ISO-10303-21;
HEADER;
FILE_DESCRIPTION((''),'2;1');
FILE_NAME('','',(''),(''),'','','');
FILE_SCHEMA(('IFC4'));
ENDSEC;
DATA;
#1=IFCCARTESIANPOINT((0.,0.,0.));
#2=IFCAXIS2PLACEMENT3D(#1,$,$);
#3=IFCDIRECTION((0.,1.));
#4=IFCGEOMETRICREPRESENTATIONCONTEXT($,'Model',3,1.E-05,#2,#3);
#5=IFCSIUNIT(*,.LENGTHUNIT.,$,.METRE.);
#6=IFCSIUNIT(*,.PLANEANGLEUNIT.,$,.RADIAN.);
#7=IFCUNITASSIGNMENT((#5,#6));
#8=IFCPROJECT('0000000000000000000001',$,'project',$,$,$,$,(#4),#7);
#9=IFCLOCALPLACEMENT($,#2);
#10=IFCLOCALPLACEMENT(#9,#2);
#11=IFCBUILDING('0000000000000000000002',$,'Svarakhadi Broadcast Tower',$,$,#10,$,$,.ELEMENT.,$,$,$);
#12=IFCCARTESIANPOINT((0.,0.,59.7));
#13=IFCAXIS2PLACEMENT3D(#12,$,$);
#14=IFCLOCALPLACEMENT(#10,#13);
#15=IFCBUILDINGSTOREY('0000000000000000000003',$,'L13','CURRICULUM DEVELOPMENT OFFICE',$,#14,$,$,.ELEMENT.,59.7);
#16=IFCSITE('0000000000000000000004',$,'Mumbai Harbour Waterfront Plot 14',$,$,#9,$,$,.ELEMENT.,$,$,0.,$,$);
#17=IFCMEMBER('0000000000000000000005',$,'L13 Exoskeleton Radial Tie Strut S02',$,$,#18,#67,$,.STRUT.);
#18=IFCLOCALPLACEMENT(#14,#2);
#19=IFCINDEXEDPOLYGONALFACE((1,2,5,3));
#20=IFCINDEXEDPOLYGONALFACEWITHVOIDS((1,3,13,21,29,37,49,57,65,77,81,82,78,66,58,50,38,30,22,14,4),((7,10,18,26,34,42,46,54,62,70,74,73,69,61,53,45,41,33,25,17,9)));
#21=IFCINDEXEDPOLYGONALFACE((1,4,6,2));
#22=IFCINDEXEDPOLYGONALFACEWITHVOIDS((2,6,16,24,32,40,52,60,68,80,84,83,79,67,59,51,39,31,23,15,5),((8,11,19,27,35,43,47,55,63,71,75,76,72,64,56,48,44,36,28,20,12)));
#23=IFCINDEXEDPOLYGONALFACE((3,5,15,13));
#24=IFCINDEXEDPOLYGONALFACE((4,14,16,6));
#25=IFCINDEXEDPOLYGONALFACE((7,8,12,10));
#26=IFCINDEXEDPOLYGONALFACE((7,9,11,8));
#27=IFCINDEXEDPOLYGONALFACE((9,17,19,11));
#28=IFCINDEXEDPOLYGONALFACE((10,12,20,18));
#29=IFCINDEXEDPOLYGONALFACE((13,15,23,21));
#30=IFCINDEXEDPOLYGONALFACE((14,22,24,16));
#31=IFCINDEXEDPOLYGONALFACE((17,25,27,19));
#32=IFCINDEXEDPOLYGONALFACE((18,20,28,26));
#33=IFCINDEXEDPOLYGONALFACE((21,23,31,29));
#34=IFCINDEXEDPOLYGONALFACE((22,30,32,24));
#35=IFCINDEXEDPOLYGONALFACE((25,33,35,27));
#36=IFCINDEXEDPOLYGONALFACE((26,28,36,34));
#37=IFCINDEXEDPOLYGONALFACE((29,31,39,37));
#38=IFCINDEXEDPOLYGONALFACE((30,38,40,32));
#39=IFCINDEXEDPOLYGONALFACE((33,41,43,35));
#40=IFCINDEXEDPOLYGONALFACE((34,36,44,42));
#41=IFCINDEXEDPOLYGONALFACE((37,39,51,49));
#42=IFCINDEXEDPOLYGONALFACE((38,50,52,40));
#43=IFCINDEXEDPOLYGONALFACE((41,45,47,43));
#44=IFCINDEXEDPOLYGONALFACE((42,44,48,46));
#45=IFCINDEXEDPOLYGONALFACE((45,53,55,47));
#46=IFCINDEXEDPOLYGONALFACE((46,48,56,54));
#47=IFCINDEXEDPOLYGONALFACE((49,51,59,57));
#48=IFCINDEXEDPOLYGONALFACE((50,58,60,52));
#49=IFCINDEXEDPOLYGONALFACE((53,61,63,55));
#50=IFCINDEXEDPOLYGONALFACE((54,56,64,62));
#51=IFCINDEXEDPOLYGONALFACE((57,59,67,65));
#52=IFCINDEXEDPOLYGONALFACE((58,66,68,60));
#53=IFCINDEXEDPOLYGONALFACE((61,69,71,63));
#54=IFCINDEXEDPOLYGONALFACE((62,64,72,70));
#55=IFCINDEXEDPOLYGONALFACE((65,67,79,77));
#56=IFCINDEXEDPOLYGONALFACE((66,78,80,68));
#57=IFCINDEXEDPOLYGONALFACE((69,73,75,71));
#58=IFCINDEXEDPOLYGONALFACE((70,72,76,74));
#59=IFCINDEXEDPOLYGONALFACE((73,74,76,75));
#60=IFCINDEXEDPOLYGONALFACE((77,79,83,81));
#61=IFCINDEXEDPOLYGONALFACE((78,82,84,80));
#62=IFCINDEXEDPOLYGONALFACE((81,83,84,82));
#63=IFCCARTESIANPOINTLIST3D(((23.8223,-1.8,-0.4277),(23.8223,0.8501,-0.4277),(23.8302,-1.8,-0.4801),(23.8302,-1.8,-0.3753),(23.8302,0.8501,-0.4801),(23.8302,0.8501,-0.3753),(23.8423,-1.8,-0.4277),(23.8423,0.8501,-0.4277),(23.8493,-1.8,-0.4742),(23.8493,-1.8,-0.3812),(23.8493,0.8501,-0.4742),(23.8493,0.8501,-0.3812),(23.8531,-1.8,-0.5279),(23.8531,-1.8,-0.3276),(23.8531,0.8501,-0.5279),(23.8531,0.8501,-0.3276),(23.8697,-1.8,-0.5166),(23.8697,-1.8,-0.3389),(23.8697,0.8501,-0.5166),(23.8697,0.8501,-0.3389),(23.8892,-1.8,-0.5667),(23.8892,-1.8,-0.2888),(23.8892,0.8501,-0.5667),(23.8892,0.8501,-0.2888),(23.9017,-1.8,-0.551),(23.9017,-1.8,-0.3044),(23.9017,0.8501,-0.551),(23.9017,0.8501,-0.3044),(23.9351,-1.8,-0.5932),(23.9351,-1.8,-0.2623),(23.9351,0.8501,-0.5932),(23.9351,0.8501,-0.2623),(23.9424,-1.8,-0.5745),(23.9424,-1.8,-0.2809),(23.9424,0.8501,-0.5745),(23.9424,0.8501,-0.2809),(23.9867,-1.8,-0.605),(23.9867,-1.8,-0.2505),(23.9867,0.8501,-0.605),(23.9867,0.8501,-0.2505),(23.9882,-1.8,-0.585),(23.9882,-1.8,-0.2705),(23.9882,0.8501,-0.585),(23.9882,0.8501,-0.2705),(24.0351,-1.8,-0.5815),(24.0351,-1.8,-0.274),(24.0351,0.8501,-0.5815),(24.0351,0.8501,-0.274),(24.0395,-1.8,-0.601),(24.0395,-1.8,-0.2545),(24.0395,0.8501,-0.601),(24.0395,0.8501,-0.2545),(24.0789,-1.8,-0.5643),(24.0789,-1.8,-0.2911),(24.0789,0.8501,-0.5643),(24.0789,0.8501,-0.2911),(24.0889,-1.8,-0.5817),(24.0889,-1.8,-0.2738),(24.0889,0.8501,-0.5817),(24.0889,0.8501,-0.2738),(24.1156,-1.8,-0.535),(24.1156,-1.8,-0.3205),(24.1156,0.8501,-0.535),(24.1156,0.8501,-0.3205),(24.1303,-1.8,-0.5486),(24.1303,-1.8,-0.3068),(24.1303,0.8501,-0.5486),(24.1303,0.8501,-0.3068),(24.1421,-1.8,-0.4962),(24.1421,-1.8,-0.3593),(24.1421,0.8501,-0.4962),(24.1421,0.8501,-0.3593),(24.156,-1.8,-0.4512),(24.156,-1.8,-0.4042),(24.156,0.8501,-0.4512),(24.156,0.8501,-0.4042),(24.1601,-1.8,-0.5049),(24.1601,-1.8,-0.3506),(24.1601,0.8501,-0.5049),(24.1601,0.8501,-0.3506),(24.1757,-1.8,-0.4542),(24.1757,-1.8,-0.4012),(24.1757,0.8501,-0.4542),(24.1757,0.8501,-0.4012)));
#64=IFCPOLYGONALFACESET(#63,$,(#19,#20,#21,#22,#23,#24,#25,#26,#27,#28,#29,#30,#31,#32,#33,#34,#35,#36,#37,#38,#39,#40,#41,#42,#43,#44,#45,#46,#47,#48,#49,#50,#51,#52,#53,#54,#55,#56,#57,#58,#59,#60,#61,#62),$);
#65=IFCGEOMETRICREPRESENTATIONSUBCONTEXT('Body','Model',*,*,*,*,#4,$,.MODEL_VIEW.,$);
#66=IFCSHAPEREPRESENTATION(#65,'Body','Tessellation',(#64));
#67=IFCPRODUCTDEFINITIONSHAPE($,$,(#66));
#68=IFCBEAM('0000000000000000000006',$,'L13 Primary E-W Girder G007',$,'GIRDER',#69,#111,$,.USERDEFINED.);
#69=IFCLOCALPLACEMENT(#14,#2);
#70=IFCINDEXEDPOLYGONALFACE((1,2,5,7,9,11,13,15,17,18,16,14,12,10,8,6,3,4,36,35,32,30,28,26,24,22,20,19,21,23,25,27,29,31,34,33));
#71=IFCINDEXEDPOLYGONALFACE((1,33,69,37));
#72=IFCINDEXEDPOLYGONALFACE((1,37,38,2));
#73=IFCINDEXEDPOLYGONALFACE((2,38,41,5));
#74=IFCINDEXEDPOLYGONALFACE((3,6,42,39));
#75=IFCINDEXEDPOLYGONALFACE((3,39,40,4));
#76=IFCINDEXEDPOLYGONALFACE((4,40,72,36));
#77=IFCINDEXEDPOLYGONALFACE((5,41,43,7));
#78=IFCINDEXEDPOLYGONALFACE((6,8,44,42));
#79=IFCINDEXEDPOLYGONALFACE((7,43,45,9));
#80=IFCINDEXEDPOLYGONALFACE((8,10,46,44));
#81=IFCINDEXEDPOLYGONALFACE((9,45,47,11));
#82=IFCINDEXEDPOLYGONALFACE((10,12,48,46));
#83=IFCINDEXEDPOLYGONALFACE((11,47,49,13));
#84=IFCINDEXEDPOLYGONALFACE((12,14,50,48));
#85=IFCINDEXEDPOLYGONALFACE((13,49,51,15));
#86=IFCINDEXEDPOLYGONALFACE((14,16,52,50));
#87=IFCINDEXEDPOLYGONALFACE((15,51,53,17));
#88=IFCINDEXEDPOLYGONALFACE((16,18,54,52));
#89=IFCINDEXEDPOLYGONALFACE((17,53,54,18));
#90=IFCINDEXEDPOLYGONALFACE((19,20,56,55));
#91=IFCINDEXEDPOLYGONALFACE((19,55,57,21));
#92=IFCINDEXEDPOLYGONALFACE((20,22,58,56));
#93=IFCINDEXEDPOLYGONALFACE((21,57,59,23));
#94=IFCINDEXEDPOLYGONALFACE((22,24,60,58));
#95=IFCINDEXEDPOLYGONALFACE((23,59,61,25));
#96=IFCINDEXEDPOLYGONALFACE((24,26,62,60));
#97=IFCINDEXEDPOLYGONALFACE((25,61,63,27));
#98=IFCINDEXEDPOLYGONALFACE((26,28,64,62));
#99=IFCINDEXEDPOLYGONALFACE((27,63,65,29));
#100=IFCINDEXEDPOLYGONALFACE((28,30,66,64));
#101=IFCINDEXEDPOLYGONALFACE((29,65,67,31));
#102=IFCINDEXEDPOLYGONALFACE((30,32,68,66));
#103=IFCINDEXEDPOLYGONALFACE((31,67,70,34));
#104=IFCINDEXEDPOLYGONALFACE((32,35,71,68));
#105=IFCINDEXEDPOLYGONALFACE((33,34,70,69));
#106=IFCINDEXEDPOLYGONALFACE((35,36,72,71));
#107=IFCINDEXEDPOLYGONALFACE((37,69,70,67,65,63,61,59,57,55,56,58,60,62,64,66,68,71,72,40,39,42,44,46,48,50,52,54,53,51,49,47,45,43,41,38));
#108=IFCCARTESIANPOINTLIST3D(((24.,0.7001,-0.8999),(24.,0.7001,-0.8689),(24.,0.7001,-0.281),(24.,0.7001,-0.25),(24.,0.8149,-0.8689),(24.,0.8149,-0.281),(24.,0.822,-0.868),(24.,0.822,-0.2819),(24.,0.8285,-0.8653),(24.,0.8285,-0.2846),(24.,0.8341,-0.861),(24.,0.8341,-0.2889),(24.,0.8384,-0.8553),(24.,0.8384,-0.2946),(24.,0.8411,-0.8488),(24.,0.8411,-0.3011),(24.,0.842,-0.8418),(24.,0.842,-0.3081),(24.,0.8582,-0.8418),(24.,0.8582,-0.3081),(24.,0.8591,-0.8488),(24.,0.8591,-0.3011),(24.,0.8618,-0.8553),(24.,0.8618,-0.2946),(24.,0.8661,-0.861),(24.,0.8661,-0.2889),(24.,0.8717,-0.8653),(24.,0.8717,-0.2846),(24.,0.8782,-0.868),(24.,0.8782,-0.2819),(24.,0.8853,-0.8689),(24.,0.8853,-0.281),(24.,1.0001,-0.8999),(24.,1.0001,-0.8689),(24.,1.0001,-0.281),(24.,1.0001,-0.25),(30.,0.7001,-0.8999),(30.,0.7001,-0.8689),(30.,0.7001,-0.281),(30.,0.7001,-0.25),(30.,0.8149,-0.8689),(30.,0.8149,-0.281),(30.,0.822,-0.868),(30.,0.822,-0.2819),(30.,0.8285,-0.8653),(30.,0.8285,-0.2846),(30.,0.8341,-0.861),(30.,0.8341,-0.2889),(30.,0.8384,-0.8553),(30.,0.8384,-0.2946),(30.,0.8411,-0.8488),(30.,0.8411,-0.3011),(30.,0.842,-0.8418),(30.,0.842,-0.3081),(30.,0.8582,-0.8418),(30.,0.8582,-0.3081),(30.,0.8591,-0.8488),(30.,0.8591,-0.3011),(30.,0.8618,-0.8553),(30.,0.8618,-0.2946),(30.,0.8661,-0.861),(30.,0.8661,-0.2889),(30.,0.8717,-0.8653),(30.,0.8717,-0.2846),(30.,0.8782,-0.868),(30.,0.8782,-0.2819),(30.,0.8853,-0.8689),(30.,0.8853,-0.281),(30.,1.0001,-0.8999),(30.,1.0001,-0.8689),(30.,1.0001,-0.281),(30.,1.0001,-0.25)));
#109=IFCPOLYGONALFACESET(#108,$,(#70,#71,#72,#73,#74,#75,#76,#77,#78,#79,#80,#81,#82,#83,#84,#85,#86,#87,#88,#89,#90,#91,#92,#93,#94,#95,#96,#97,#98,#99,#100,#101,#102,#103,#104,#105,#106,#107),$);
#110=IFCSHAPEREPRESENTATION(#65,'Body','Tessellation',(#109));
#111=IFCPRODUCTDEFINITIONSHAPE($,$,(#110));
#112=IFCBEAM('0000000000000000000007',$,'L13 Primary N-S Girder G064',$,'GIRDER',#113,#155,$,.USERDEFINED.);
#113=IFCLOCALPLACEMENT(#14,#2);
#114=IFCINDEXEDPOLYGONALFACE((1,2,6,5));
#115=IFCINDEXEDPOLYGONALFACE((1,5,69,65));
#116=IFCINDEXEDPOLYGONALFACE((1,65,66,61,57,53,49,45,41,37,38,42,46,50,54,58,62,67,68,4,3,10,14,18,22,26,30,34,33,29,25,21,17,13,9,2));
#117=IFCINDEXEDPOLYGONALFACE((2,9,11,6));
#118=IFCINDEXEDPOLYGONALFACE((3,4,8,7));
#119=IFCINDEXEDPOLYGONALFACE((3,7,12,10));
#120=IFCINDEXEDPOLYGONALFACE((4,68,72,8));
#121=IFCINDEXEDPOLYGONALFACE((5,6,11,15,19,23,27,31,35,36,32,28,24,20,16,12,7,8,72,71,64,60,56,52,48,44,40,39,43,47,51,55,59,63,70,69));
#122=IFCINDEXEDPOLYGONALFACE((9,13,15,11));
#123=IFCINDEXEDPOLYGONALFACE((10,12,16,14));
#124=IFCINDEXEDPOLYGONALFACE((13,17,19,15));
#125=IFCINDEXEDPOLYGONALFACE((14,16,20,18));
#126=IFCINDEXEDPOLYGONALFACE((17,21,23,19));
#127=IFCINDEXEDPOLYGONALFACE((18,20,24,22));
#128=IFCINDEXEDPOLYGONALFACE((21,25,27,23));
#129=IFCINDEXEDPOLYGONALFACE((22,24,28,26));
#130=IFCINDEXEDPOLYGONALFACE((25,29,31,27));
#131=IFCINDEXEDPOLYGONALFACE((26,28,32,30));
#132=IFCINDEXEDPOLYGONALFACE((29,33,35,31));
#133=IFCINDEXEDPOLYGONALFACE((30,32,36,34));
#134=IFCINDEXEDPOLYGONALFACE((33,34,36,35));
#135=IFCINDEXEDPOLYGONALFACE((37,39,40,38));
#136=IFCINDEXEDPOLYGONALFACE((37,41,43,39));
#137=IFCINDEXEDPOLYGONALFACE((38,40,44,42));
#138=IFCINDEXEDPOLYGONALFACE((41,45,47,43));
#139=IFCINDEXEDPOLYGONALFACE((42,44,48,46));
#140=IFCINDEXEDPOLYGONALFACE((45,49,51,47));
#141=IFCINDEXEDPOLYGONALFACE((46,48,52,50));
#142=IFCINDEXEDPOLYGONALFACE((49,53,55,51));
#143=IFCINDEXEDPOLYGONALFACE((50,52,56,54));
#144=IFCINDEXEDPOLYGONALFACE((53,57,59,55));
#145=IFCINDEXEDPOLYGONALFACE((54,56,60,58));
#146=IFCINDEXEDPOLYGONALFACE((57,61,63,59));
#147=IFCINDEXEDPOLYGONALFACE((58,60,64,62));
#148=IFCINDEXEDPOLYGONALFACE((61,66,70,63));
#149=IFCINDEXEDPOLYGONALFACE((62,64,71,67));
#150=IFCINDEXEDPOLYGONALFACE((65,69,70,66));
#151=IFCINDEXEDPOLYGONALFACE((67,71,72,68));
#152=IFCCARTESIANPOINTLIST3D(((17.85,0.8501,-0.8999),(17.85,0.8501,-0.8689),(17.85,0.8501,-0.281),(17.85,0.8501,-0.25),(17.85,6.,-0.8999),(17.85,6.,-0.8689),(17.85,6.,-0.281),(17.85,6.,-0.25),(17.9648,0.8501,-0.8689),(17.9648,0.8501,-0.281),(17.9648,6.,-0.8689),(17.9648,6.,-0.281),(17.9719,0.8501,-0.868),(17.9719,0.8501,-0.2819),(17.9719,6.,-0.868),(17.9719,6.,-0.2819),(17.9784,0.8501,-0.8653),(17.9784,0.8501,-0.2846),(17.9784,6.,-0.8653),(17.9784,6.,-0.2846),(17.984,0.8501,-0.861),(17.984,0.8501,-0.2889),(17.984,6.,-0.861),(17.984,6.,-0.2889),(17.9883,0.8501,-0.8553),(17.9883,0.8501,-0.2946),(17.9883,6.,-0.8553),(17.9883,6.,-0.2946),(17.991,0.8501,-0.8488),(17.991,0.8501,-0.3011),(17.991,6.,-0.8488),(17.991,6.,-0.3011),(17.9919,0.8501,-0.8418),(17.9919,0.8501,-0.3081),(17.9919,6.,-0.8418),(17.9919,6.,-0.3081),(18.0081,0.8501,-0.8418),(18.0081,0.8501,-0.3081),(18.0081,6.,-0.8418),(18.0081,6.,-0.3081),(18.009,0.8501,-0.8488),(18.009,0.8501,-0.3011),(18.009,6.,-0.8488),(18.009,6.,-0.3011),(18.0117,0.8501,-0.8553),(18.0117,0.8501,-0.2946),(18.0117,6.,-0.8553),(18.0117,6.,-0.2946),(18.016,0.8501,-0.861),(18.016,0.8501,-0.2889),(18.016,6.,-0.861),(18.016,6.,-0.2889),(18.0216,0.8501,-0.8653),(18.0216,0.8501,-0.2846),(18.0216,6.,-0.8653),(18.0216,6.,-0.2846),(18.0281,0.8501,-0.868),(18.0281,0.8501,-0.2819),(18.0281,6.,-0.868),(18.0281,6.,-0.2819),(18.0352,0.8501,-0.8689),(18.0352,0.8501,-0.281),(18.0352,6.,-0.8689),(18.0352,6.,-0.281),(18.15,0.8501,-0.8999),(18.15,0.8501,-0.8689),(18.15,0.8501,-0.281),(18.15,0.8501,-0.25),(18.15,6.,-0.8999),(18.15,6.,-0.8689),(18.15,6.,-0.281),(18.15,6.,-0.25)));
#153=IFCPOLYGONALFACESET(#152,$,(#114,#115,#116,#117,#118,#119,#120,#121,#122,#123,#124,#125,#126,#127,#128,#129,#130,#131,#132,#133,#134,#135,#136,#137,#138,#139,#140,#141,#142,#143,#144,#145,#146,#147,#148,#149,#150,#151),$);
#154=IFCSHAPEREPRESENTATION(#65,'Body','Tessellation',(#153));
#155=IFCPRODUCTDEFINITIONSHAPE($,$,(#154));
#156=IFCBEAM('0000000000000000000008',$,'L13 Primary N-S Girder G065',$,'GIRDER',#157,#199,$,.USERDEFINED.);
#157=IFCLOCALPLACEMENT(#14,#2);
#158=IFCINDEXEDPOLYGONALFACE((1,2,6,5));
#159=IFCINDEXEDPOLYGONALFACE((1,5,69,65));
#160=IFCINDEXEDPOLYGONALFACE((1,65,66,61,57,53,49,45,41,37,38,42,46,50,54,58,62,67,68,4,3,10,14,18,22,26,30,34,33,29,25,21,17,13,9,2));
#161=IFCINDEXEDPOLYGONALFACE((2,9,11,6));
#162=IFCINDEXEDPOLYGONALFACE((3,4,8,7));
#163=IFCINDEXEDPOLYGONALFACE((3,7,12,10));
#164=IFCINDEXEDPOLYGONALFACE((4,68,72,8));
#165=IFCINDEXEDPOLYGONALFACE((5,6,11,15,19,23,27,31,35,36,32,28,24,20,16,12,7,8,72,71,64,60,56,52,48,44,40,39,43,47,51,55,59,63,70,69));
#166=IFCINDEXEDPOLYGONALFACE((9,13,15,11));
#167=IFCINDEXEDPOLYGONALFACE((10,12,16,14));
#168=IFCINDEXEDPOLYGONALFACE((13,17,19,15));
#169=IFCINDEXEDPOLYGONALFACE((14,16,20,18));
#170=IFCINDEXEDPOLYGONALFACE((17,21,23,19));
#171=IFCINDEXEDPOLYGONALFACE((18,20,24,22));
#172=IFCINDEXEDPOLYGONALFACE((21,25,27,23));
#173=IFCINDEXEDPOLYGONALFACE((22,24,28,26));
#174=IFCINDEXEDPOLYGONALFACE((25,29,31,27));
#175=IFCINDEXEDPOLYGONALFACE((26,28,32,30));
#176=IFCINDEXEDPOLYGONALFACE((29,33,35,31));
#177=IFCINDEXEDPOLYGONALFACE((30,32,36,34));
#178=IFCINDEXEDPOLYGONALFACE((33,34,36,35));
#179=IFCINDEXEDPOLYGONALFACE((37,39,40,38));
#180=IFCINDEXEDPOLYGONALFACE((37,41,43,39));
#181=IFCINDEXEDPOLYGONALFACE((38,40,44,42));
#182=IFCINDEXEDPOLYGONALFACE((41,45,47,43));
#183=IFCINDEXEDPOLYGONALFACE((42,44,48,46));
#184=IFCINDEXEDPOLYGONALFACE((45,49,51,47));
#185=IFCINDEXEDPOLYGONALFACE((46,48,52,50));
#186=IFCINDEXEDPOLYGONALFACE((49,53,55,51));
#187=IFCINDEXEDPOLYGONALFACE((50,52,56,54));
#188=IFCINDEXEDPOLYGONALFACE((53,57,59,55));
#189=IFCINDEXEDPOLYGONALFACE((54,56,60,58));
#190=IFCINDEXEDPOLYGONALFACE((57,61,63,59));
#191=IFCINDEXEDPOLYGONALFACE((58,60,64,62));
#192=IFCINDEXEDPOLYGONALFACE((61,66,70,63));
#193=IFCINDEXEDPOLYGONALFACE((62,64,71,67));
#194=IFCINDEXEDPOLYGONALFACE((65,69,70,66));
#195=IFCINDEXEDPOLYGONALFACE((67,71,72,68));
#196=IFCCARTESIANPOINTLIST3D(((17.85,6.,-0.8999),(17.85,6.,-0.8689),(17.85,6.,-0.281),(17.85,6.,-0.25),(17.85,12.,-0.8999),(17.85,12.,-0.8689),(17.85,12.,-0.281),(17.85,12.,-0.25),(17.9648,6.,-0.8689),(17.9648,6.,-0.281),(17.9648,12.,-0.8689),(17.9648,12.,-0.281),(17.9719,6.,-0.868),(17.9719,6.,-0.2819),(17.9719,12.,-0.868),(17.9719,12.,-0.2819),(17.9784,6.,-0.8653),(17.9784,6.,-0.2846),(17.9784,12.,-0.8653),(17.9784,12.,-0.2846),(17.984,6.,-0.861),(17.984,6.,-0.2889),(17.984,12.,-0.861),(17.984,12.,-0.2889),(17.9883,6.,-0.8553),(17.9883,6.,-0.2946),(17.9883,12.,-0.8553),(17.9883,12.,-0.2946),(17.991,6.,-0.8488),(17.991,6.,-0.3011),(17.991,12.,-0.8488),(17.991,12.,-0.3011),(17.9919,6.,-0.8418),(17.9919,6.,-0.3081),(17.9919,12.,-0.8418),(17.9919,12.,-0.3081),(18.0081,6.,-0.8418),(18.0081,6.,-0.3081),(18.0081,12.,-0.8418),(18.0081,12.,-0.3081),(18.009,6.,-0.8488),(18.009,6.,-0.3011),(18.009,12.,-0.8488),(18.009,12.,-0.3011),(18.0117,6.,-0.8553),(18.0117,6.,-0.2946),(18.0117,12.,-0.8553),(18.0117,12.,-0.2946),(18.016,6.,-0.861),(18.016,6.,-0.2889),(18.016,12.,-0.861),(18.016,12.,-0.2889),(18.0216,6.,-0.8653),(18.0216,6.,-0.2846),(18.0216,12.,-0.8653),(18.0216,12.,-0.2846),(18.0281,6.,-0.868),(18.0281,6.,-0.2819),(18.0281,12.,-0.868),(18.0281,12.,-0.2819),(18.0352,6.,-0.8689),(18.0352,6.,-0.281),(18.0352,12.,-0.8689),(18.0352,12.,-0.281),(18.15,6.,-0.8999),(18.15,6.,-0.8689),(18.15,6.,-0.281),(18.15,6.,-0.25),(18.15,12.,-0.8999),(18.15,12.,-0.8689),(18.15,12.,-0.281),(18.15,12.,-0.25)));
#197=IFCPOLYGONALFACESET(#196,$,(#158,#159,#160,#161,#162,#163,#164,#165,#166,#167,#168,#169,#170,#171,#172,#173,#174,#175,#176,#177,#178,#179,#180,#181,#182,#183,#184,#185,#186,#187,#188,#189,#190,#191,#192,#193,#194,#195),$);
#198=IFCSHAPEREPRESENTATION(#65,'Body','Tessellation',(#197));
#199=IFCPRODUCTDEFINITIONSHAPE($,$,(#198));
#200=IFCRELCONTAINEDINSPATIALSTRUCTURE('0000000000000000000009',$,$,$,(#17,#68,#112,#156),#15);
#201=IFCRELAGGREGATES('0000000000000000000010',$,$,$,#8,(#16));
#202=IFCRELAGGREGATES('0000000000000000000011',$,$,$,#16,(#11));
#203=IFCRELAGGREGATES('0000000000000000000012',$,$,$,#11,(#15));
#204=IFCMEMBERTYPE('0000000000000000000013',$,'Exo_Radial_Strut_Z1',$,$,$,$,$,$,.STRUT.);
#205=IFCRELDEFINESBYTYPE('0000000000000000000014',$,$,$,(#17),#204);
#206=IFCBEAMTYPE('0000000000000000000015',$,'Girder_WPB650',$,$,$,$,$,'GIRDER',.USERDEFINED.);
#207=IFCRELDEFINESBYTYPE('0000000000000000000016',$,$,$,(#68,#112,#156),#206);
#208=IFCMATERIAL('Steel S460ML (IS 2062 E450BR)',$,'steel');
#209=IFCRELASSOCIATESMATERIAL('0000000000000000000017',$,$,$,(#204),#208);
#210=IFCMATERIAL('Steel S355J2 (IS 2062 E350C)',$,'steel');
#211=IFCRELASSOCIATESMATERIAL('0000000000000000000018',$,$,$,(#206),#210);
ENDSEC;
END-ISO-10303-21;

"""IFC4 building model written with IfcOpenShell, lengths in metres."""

from ifc_helpers import new_model, si_unit, direction, frame, origin, origin_2d, place, context, subcontext, project, spatial, hollow_circle, i_section, extrude, material, material_profile, profile_set, type_object, element, save


model = new_model("IFC4")

# Units and contexts
model_context = context("Model", 3, precision=1e-05, world=origin(), true_north=direction((0.0, 1.0)))
body_context = subcontext(model_context, "Body", "Model", "MODEL_VIEW")
ifc_project = project(units=[si_unit("LENGTHUNIT", "METRE"), si_unit("PLANEANGLEUNIT", "RADIAN")], contexts=[model_context])

# Site, building, storey
site_placement = place(None, origin())
site = spatial("IfcSite", under=ifc_project, at=site_placement, Name="Mumbai Harbour Waterfront Plot 14", CompositionType="ELEMENT", RefElevation=0.0)
building_placement = place(site_placement, origin())
building = spatial("IfcBuilding", under=site, at=building_placement, Name="Svarakhadi Broadcast Tower", CompositionType="ELEMENT")
storey_placement = place(building_placement, frame((0.0, 0.0, 59.7)))
storey = spatial("IfcBuildingStorey", under=building, at=storey_placement, Name="L13", Description="CURRICULUM DEVELOPMENT OFFICE", CompositionType="ELEMENT", Elevation=59.7)

# Shared definitions
ifc_material_1 = material(Name="Steel S355J2 (IS 2062 E350C)", Category="steel")

# Member
ifc_material_2 = material(Name="Steel S460ML (IS 2062 E450BR)", Category="steel")
ifc_material_profile_1 = material_profile(ifc_material_2, hollow_circle(Radius=0.1777, WallThickness=0.02, at=origin_2d()), Name="CHS 355.6x20")
ifc_profile_set_1 = profile_set([ifc_material_profile_1], Name="Steel S460ML (IS 2062 E450BR)")
member_type_1 = type_object("IfcMemberType", Name="Exo_Radial_Strut_Z1", PredefinedType="STRUT", material=ifc_profile_set_1)
member_1_placement = place(storey_placement, frame((24.0, -1.8, -0.4277), z_axis=(0.0, 1.0, 0.0), x_axis=(-1.0, 0.0, 0.0)))
element("IfcMember", 1, at=member_1_placement, inside=storey, type_object=member_type_1, Name="L13 Exoskeleton Radial Tie Strut S02", PredefinedType="STRUT", context=body_context, shape_type="SweptSolid", body=[
    extrude(hollow_circle(Radius=0.1777, WallThickness=0.02, at=origin_2d()), origin(), (0.0, 0.0, 1.0), 2.6501),
])

# Beams
ifc_material_profile_2 = material_profile(ifc_material_1, i_section(OverallWidth=0.3, OverallDepth=0.6499, WebThickness=0.0161, FlangeThickness=0.031, FilletRadius=0.0271, at=origin_2d()), Name="WPB 650x300x225")
ifc_profile_set_2 = profile_set([ifc_material_profile_2], Name="Steel S355J2 (IS 2062 E350C)")
beam_type_1 = type_object("IfcBeamType", Name="Girder_WPB650", ElementType="GIRDER", PredefinedType="USERDEFINED", material=ifc_profile_set_2)
beam_1_placement = place(storey_placement, frame((24.0, 0.8501, -0.575), z_axis=(1.0, 0.0, 0.0), x_axis=(0.0, 1.0, 0.0)))
element("IfcBeam", 2, at=beam_1_placement, inside=storey, type_object=beam_type_1, Name="L13 Primary E-W Girder G007", ObjectType="GIRDER", PredefinedType="USERDEFINED", context=body_context, shape_type="SweptSolid", body=[
    extrude(i_section(OverallWidth=0.3, OverallDepth=0.6499, WebThickness=0.0161, FlangeThickness=0.031, FilletRadius=0.0271, at=origin_2d()), origin(), (0.0, 0.0, 1.0), 6.0),
])
beam_2_placement = place(storey_placement, frame((18.0, 0.8501, -0.575), z_axis=(0.0, 1.0, 0.0), x_axis=(-1.0, 0.0, 0.0)))
element("IfcBeam", 3, at=beam_2_placement, inside=storey, type_object=beam_type_1, Name="L13 Primary N-S Girder G064", ObjectType="GIRDER", PredefinedType="USERDEFINED", context=body_context, shape_type="SweptSolid", body=[
    extrude(i_section(OverallWidth=0.3, OverallDepth=0.6499, WebThickness=0.0161, FlangeThickness=0.031, FilletRadius=0.0271, at=origin_2d()), origin(), (0.0, 0.0, 1.0), 5.1499),
])
for number, where, z_axis, x_axis, name in (
    (4, (18.0, 6.0, -0.575), (0.0, 1.0, 0.0), (-1.0, 0.0, 0.0), "L13 Primary N-S Girder G065"),
):
    element("IfcBeam", number, at=place(storey_placement, frame(where, z_axis=z_axis, x_axis=x_axis)), inside=storey, type_object=beam_type_1, Name=name, ObjectType="GIRDER", PredefinedType="USERDEFINED", context=body_context, shape_type="SweptSolid", body=[
        extrude(i_section(OverallWidth=0.3, OverallDepth=0.6499, WebThickness=0.0161, FlangeThickness=0.031, FilletRadius=0.0271, at=origin_2d()), origin(), (0.0, 0.0, 1.0), 6.0),
    ])

save(model, "model.ifc")
